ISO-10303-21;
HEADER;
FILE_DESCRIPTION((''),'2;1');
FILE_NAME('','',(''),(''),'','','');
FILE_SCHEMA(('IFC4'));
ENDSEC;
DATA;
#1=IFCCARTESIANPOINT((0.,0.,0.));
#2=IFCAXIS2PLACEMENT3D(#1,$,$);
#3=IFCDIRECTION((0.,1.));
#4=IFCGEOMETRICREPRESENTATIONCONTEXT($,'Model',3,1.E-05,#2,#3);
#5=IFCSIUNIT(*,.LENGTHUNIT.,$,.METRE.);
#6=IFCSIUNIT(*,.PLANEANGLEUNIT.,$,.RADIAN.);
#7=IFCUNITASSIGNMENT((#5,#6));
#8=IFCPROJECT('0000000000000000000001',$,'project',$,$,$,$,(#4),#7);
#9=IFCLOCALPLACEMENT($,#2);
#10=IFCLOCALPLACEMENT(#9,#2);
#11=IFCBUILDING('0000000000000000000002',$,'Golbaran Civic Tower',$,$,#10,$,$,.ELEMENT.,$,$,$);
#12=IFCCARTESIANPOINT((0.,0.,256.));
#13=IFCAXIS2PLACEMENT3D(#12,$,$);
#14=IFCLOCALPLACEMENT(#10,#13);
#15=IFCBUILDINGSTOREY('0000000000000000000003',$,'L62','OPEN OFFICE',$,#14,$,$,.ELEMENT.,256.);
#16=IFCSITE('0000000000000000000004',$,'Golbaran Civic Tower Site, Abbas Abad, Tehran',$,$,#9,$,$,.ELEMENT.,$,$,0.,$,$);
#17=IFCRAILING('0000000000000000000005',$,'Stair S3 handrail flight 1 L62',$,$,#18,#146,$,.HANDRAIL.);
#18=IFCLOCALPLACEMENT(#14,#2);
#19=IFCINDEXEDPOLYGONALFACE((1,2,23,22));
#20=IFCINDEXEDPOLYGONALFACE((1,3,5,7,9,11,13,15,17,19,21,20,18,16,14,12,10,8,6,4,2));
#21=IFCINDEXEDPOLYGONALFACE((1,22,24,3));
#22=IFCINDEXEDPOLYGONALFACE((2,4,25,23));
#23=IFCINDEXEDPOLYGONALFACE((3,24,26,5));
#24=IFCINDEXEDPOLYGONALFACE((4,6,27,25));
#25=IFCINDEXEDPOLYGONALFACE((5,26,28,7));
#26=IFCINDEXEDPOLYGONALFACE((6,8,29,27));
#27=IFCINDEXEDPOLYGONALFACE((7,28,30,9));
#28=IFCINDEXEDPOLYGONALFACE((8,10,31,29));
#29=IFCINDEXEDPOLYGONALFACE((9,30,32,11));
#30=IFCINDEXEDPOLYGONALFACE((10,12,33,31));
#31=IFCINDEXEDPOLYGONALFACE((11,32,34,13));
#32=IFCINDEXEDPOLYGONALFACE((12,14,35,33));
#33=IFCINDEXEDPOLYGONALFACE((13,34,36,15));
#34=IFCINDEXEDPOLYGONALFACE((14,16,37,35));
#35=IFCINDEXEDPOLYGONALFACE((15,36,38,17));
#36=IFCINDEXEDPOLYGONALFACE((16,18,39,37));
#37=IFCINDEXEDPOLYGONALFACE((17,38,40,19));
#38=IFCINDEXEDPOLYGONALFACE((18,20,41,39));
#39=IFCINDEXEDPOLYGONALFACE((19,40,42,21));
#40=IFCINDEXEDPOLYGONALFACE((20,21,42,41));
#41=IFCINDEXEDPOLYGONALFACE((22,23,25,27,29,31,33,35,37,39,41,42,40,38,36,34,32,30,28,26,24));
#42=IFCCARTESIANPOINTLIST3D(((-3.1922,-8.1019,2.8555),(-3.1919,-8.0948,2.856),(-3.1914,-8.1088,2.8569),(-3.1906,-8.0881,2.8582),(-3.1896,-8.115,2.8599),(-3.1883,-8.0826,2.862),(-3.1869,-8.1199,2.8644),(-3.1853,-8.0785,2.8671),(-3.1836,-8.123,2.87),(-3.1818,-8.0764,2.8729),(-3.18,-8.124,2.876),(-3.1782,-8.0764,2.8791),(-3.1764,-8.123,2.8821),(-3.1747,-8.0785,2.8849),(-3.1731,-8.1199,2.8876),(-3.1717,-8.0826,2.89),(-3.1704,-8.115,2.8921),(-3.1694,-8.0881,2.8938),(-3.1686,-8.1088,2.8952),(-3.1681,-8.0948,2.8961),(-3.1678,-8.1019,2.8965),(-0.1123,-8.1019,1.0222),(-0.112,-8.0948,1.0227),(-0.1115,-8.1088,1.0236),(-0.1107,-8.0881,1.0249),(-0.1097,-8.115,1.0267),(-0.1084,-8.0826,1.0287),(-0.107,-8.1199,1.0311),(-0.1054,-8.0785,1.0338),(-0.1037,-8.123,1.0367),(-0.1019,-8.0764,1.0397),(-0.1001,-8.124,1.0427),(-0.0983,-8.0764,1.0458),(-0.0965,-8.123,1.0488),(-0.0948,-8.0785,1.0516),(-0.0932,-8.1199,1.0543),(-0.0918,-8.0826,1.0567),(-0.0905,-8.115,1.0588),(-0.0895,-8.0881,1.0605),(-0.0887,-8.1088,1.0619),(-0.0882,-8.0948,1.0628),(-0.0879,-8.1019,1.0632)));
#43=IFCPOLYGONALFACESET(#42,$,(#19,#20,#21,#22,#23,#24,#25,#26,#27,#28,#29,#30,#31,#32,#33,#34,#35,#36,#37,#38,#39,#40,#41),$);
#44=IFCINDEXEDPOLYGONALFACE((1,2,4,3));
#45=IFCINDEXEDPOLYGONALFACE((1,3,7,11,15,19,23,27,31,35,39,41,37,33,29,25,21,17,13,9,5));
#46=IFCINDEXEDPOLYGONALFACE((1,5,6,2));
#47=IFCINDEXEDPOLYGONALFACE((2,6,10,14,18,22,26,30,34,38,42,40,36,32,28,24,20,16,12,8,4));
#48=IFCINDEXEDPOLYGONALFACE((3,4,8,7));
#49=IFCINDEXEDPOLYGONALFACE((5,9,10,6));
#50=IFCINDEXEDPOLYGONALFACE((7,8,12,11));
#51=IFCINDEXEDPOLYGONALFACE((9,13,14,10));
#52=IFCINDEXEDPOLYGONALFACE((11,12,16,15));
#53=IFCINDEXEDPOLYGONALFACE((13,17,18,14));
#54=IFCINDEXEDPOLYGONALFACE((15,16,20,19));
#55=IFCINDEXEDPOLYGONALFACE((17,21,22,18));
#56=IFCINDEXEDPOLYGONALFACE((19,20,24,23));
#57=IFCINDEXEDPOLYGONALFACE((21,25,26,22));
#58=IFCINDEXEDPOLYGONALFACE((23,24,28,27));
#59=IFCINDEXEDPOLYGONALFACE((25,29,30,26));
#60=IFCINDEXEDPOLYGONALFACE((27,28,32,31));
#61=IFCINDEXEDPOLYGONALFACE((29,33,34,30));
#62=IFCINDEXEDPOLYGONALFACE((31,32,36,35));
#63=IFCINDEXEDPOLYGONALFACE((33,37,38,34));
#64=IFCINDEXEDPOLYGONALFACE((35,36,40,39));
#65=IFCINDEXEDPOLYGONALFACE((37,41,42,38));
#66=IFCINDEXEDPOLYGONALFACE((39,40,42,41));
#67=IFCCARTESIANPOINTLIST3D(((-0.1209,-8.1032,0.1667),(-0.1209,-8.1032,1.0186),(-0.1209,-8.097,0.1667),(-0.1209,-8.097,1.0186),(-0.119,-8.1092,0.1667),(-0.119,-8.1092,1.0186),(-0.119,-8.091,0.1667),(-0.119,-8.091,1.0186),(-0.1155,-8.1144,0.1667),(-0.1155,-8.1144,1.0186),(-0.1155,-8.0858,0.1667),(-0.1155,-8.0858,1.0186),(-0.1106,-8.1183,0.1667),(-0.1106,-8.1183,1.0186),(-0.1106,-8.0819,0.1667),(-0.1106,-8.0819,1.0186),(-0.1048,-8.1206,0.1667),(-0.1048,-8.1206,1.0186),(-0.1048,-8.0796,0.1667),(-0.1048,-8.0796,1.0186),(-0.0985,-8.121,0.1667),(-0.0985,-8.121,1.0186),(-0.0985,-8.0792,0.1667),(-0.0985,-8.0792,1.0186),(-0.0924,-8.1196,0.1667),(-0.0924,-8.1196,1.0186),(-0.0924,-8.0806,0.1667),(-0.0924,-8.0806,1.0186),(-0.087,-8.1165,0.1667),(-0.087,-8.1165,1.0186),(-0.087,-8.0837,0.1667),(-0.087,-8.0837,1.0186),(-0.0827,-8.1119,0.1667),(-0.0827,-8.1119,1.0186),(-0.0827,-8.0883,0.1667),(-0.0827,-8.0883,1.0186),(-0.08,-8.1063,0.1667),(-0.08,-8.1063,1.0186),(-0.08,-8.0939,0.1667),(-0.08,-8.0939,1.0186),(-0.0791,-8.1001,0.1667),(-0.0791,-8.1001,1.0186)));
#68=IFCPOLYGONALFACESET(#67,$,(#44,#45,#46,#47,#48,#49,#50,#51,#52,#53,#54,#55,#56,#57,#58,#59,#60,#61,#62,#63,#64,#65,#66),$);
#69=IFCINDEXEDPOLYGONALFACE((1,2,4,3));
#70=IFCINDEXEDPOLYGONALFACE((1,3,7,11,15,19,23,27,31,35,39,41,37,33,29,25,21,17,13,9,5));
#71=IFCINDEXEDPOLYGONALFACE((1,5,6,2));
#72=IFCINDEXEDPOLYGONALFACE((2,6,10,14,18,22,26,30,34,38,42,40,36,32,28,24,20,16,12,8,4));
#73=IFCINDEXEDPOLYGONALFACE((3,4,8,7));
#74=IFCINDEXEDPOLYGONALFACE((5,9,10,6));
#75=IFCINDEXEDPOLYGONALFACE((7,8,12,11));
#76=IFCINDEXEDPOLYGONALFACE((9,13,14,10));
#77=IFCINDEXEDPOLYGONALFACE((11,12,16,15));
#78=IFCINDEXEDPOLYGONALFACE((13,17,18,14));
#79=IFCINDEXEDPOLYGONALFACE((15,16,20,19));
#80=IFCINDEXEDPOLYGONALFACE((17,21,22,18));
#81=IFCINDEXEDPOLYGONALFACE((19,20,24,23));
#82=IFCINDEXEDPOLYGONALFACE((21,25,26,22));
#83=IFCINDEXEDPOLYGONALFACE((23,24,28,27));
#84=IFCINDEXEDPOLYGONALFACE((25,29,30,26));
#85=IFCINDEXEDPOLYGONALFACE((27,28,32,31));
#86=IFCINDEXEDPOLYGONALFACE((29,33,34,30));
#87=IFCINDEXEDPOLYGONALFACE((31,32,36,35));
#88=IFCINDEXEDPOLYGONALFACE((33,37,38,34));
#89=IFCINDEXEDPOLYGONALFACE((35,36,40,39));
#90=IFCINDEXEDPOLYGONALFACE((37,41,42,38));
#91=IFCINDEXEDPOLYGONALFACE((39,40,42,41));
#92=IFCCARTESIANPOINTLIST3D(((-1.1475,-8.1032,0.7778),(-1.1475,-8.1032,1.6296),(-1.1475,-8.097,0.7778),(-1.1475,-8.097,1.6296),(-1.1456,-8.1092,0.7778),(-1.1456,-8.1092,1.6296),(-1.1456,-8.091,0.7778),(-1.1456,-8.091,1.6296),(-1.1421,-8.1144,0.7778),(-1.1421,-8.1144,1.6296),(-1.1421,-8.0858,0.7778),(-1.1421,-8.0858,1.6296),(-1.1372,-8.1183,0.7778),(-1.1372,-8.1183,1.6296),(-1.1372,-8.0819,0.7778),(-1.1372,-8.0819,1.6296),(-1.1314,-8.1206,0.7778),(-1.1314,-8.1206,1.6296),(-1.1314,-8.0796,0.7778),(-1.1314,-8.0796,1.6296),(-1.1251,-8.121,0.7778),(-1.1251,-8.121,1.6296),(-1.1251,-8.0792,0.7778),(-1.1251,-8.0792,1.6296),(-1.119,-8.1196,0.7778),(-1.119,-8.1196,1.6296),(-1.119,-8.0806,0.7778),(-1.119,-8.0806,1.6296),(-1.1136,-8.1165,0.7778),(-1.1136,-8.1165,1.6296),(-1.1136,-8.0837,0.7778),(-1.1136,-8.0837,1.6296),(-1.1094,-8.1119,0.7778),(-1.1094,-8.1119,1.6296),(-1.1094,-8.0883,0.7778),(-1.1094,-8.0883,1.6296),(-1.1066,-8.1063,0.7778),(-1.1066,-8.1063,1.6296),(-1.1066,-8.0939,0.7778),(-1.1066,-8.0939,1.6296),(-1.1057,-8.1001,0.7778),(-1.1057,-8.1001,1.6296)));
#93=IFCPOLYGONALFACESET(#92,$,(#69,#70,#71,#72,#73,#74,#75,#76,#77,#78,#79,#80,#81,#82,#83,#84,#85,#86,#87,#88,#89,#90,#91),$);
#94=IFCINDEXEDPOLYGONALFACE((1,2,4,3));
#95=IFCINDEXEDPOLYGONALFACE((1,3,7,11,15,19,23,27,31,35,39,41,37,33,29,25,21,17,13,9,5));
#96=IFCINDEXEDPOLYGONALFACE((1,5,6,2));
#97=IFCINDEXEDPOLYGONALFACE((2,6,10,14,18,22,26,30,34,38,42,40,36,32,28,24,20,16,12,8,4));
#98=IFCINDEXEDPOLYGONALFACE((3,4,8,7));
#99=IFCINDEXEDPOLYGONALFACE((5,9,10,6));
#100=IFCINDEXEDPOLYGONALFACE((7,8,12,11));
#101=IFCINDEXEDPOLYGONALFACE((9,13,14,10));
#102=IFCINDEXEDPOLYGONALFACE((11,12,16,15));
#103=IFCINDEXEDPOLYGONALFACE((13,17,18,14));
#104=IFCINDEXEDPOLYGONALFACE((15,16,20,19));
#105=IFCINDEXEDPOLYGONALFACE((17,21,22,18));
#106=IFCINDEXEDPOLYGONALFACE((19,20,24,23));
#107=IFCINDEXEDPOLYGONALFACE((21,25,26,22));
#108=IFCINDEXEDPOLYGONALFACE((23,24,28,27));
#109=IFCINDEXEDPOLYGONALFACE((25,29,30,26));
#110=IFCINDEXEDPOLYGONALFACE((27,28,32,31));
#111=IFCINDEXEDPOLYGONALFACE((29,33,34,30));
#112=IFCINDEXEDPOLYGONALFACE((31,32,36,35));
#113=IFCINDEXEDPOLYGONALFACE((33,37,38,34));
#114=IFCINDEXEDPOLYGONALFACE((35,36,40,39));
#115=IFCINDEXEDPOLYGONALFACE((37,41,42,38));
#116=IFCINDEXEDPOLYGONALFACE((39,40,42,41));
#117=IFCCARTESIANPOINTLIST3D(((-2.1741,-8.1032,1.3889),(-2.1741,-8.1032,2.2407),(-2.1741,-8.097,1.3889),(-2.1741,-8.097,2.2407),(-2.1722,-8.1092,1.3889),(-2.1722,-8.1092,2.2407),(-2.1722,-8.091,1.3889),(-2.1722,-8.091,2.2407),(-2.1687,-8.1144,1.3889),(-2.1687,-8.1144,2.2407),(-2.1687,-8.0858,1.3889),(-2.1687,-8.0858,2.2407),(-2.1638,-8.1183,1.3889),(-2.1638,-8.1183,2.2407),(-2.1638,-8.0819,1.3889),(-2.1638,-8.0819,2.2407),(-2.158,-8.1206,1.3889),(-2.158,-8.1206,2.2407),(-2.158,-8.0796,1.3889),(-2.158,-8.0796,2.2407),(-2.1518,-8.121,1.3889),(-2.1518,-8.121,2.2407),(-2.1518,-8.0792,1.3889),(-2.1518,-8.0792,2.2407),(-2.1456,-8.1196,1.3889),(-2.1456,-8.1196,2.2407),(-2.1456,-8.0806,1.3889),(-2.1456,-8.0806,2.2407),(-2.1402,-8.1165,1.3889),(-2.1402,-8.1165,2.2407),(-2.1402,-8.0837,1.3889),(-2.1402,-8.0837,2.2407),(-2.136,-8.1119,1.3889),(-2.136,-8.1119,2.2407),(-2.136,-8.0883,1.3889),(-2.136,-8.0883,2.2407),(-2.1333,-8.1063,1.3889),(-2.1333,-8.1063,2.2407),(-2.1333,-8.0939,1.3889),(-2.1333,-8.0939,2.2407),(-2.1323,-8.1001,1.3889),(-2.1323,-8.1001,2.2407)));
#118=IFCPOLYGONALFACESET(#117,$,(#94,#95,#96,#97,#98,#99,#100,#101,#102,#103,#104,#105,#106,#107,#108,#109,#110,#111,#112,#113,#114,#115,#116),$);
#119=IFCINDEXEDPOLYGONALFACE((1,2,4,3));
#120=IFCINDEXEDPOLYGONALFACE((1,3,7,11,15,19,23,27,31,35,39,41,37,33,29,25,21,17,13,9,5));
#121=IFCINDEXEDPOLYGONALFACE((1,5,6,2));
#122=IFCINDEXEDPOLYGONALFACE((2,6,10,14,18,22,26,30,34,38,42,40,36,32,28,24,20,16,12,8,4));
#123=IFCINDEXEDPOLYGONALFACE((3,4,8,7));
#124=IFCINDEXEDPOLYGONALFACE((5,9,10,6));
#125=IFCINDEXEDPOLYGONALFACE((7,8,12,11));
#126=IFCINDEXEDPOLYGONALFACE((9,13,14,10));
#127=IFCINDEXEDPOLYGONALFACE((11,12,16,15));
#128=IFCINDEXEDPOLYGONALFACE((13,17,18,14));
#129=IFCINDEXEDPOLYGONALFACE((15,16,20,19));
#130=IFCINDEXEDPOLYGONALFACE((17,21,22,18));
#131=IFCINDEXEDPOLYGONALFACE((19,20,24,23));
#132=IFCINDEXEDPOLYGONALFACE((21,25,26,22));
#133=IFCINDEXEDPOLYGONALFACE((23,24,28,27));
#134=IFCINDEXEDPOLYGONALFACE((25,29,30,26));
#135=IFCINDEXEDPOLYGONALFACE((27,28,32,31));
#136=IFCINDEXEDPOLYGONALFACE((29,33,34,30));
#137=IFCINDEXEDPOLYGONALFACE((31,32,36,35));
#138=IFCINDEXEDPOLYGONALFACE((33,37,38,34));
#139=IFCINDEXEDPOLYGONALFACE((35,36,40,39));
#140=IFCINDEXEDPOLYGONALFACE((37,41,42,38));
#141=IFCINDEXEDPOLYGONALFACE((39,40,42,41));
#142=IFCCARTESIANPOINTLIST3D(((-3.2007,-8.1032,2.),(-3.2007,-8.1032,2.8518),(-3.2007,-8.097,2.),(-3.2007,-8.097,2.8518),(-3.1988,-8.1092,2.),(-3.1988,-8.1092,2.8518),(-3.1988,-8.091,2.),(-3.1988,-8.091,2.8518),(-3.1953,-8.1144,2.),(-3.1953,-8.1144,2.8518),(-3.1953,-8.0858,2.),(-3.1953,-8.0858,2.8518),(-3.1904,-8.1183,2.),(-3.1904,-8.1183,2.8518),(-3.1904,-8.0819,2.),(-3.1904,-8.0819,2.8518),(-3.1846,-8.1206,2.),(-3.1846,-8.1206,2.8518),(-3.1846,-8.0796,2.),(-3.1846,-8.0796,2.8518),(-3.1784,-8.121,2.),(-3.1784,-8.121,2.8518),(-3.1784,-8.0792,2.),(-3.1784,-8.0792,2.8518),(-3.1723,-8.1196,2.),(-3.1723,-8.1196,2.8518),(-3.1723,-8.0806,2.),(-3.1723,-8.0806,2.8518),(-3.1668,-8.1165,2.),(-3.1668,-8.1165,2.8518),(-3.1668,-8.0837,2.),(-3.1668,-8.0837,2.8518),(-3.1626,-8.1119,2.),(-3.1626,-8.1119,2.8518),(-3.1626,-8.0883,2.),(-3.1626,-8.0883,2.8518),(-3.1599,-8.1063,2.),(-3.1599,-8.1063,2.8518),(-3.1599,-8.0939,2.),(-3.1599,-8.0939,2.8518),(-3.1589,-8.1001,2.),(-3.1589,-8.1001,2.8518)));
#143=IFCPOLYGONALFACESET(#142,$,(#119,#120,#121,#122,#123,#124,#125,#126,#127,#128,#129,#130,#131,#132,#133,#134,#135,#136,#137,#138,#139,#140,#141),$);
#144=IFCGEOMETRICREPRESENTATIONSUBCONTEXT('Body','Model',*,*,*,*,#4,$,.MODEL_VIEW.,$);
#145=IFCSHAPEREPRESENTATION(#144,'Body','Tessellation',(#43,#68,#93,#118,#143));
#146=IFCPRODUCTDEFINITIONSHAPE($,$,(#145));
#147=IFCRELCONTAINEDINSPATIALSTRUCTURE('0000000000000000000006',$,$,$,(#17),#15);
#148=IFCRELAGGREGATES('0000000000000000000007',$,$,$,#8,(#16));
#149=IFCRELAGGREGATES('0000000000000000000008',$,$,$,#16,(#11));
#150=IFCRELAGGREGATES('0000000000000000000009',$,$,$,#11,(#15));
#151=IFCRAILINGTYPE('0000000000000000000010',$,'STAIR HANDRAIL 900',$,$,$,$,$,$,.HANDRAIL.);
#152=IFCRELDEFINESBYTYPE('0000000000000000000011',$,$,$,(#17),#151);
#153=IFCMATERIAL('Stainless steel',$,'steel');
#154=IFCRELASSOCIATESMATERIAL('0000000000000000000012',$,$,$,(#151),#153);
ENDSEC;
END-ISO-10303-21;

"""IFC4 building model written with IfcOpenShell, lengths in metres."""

from ifc_helpers import new_model, si_unit, direction, frame, origin, origin_2d, place, context, subcontext, project, spatial, circle, extrude, material, type_object, element, save


model = new_model("IFC4")

# Units and contexts
model_context = context("Model", 3, precision=1e-05, world=origin(), true_north=direction((0.0, 1.0)))
body_context = subcontext(model_context, "Body", "Model", "MODEL_VIEW")
ifc_project = project(units=[si_unit("LENGTHUNIT", "METRE"), si_unit("PLANEANGLEUNIT", "RADIAN")], contexts=[model_context])

# Site, building, storey
site_placement = place(None, origin())
site = spatial("IfcSite", under=ifc_project, at=site_placement, Name="Golbaran Civic Tower Site, Abbas Abad, Tehran", CompositionType="ELEMENT", RefElevation=0.0)
building_placement = place(site_placement, origin())
building = spatial("IfcBuilding", under=site, at=building_placement, Name="Golbaran Civic Tower", CompositionType="ELEMENT")
storey_placement = place(building_placement, frame((0.0, 0.0, 256.0)))
storey = spatial("IfcBuildingStorey", under=building, at=storey_placement, Name="L62", Description="OPEN OFFICE", CompositionType="ELEMENT", Elevation=256.0)

# Shared definitions
ifc_material_1 = material(Name="Stainless steel", Category="steel")

# Railing
railing_type = type_object("IfcRailingType", Name="STAIR HANDRAIL 900", PredefinedType="HANDRAIL", material=ifc_material_1)
railing_1_placement = place(storey_placement, frame((-0.1001, -8.1001, 0.1667)))
element("IfcRailing", 1, at=railing_1_placement, inside=storey, type_object=railing_type, Name="Stair S3 handrail flight 1 L62", PredefinedType="HANDRAIL", context=body_context, shape_type="SweptSolid", body=[
    extrude(circle(Radius=0.0239, at=origin_2d()), frame((0.0, 0.0, 0.876), z_axis=(-0.859291, 0.0, 0.511487), x_axis=(0.0, -1.0, 0.0)), (0.0, 0.0, 1.0), 3.5842),
    extrude(circle(Radius=0.021, at=origin_2d()), origin(), (0.0, 0.0, 1.0), 0.8518),
    extrude(circle(Radius=0.021, at=origin_2d()), frame((-1.0266, 0.0, 0.6111)), (0.0, 0.0, 1.0), 0.8518),
    extrude(circle(Radius=0.021, at=origin_2d()), frame((-2.0532, 0.0, 1.2222)), (0.0, 0.0, 1.0), 0.8518),
    extrude(circle(Radius=0.021, at=origin_2d()), frame((-3.0798, 0.0, 1.8333)), (0.0, 0.0, 1.0), 0.8518),
])

save(model, "model.ifc")
